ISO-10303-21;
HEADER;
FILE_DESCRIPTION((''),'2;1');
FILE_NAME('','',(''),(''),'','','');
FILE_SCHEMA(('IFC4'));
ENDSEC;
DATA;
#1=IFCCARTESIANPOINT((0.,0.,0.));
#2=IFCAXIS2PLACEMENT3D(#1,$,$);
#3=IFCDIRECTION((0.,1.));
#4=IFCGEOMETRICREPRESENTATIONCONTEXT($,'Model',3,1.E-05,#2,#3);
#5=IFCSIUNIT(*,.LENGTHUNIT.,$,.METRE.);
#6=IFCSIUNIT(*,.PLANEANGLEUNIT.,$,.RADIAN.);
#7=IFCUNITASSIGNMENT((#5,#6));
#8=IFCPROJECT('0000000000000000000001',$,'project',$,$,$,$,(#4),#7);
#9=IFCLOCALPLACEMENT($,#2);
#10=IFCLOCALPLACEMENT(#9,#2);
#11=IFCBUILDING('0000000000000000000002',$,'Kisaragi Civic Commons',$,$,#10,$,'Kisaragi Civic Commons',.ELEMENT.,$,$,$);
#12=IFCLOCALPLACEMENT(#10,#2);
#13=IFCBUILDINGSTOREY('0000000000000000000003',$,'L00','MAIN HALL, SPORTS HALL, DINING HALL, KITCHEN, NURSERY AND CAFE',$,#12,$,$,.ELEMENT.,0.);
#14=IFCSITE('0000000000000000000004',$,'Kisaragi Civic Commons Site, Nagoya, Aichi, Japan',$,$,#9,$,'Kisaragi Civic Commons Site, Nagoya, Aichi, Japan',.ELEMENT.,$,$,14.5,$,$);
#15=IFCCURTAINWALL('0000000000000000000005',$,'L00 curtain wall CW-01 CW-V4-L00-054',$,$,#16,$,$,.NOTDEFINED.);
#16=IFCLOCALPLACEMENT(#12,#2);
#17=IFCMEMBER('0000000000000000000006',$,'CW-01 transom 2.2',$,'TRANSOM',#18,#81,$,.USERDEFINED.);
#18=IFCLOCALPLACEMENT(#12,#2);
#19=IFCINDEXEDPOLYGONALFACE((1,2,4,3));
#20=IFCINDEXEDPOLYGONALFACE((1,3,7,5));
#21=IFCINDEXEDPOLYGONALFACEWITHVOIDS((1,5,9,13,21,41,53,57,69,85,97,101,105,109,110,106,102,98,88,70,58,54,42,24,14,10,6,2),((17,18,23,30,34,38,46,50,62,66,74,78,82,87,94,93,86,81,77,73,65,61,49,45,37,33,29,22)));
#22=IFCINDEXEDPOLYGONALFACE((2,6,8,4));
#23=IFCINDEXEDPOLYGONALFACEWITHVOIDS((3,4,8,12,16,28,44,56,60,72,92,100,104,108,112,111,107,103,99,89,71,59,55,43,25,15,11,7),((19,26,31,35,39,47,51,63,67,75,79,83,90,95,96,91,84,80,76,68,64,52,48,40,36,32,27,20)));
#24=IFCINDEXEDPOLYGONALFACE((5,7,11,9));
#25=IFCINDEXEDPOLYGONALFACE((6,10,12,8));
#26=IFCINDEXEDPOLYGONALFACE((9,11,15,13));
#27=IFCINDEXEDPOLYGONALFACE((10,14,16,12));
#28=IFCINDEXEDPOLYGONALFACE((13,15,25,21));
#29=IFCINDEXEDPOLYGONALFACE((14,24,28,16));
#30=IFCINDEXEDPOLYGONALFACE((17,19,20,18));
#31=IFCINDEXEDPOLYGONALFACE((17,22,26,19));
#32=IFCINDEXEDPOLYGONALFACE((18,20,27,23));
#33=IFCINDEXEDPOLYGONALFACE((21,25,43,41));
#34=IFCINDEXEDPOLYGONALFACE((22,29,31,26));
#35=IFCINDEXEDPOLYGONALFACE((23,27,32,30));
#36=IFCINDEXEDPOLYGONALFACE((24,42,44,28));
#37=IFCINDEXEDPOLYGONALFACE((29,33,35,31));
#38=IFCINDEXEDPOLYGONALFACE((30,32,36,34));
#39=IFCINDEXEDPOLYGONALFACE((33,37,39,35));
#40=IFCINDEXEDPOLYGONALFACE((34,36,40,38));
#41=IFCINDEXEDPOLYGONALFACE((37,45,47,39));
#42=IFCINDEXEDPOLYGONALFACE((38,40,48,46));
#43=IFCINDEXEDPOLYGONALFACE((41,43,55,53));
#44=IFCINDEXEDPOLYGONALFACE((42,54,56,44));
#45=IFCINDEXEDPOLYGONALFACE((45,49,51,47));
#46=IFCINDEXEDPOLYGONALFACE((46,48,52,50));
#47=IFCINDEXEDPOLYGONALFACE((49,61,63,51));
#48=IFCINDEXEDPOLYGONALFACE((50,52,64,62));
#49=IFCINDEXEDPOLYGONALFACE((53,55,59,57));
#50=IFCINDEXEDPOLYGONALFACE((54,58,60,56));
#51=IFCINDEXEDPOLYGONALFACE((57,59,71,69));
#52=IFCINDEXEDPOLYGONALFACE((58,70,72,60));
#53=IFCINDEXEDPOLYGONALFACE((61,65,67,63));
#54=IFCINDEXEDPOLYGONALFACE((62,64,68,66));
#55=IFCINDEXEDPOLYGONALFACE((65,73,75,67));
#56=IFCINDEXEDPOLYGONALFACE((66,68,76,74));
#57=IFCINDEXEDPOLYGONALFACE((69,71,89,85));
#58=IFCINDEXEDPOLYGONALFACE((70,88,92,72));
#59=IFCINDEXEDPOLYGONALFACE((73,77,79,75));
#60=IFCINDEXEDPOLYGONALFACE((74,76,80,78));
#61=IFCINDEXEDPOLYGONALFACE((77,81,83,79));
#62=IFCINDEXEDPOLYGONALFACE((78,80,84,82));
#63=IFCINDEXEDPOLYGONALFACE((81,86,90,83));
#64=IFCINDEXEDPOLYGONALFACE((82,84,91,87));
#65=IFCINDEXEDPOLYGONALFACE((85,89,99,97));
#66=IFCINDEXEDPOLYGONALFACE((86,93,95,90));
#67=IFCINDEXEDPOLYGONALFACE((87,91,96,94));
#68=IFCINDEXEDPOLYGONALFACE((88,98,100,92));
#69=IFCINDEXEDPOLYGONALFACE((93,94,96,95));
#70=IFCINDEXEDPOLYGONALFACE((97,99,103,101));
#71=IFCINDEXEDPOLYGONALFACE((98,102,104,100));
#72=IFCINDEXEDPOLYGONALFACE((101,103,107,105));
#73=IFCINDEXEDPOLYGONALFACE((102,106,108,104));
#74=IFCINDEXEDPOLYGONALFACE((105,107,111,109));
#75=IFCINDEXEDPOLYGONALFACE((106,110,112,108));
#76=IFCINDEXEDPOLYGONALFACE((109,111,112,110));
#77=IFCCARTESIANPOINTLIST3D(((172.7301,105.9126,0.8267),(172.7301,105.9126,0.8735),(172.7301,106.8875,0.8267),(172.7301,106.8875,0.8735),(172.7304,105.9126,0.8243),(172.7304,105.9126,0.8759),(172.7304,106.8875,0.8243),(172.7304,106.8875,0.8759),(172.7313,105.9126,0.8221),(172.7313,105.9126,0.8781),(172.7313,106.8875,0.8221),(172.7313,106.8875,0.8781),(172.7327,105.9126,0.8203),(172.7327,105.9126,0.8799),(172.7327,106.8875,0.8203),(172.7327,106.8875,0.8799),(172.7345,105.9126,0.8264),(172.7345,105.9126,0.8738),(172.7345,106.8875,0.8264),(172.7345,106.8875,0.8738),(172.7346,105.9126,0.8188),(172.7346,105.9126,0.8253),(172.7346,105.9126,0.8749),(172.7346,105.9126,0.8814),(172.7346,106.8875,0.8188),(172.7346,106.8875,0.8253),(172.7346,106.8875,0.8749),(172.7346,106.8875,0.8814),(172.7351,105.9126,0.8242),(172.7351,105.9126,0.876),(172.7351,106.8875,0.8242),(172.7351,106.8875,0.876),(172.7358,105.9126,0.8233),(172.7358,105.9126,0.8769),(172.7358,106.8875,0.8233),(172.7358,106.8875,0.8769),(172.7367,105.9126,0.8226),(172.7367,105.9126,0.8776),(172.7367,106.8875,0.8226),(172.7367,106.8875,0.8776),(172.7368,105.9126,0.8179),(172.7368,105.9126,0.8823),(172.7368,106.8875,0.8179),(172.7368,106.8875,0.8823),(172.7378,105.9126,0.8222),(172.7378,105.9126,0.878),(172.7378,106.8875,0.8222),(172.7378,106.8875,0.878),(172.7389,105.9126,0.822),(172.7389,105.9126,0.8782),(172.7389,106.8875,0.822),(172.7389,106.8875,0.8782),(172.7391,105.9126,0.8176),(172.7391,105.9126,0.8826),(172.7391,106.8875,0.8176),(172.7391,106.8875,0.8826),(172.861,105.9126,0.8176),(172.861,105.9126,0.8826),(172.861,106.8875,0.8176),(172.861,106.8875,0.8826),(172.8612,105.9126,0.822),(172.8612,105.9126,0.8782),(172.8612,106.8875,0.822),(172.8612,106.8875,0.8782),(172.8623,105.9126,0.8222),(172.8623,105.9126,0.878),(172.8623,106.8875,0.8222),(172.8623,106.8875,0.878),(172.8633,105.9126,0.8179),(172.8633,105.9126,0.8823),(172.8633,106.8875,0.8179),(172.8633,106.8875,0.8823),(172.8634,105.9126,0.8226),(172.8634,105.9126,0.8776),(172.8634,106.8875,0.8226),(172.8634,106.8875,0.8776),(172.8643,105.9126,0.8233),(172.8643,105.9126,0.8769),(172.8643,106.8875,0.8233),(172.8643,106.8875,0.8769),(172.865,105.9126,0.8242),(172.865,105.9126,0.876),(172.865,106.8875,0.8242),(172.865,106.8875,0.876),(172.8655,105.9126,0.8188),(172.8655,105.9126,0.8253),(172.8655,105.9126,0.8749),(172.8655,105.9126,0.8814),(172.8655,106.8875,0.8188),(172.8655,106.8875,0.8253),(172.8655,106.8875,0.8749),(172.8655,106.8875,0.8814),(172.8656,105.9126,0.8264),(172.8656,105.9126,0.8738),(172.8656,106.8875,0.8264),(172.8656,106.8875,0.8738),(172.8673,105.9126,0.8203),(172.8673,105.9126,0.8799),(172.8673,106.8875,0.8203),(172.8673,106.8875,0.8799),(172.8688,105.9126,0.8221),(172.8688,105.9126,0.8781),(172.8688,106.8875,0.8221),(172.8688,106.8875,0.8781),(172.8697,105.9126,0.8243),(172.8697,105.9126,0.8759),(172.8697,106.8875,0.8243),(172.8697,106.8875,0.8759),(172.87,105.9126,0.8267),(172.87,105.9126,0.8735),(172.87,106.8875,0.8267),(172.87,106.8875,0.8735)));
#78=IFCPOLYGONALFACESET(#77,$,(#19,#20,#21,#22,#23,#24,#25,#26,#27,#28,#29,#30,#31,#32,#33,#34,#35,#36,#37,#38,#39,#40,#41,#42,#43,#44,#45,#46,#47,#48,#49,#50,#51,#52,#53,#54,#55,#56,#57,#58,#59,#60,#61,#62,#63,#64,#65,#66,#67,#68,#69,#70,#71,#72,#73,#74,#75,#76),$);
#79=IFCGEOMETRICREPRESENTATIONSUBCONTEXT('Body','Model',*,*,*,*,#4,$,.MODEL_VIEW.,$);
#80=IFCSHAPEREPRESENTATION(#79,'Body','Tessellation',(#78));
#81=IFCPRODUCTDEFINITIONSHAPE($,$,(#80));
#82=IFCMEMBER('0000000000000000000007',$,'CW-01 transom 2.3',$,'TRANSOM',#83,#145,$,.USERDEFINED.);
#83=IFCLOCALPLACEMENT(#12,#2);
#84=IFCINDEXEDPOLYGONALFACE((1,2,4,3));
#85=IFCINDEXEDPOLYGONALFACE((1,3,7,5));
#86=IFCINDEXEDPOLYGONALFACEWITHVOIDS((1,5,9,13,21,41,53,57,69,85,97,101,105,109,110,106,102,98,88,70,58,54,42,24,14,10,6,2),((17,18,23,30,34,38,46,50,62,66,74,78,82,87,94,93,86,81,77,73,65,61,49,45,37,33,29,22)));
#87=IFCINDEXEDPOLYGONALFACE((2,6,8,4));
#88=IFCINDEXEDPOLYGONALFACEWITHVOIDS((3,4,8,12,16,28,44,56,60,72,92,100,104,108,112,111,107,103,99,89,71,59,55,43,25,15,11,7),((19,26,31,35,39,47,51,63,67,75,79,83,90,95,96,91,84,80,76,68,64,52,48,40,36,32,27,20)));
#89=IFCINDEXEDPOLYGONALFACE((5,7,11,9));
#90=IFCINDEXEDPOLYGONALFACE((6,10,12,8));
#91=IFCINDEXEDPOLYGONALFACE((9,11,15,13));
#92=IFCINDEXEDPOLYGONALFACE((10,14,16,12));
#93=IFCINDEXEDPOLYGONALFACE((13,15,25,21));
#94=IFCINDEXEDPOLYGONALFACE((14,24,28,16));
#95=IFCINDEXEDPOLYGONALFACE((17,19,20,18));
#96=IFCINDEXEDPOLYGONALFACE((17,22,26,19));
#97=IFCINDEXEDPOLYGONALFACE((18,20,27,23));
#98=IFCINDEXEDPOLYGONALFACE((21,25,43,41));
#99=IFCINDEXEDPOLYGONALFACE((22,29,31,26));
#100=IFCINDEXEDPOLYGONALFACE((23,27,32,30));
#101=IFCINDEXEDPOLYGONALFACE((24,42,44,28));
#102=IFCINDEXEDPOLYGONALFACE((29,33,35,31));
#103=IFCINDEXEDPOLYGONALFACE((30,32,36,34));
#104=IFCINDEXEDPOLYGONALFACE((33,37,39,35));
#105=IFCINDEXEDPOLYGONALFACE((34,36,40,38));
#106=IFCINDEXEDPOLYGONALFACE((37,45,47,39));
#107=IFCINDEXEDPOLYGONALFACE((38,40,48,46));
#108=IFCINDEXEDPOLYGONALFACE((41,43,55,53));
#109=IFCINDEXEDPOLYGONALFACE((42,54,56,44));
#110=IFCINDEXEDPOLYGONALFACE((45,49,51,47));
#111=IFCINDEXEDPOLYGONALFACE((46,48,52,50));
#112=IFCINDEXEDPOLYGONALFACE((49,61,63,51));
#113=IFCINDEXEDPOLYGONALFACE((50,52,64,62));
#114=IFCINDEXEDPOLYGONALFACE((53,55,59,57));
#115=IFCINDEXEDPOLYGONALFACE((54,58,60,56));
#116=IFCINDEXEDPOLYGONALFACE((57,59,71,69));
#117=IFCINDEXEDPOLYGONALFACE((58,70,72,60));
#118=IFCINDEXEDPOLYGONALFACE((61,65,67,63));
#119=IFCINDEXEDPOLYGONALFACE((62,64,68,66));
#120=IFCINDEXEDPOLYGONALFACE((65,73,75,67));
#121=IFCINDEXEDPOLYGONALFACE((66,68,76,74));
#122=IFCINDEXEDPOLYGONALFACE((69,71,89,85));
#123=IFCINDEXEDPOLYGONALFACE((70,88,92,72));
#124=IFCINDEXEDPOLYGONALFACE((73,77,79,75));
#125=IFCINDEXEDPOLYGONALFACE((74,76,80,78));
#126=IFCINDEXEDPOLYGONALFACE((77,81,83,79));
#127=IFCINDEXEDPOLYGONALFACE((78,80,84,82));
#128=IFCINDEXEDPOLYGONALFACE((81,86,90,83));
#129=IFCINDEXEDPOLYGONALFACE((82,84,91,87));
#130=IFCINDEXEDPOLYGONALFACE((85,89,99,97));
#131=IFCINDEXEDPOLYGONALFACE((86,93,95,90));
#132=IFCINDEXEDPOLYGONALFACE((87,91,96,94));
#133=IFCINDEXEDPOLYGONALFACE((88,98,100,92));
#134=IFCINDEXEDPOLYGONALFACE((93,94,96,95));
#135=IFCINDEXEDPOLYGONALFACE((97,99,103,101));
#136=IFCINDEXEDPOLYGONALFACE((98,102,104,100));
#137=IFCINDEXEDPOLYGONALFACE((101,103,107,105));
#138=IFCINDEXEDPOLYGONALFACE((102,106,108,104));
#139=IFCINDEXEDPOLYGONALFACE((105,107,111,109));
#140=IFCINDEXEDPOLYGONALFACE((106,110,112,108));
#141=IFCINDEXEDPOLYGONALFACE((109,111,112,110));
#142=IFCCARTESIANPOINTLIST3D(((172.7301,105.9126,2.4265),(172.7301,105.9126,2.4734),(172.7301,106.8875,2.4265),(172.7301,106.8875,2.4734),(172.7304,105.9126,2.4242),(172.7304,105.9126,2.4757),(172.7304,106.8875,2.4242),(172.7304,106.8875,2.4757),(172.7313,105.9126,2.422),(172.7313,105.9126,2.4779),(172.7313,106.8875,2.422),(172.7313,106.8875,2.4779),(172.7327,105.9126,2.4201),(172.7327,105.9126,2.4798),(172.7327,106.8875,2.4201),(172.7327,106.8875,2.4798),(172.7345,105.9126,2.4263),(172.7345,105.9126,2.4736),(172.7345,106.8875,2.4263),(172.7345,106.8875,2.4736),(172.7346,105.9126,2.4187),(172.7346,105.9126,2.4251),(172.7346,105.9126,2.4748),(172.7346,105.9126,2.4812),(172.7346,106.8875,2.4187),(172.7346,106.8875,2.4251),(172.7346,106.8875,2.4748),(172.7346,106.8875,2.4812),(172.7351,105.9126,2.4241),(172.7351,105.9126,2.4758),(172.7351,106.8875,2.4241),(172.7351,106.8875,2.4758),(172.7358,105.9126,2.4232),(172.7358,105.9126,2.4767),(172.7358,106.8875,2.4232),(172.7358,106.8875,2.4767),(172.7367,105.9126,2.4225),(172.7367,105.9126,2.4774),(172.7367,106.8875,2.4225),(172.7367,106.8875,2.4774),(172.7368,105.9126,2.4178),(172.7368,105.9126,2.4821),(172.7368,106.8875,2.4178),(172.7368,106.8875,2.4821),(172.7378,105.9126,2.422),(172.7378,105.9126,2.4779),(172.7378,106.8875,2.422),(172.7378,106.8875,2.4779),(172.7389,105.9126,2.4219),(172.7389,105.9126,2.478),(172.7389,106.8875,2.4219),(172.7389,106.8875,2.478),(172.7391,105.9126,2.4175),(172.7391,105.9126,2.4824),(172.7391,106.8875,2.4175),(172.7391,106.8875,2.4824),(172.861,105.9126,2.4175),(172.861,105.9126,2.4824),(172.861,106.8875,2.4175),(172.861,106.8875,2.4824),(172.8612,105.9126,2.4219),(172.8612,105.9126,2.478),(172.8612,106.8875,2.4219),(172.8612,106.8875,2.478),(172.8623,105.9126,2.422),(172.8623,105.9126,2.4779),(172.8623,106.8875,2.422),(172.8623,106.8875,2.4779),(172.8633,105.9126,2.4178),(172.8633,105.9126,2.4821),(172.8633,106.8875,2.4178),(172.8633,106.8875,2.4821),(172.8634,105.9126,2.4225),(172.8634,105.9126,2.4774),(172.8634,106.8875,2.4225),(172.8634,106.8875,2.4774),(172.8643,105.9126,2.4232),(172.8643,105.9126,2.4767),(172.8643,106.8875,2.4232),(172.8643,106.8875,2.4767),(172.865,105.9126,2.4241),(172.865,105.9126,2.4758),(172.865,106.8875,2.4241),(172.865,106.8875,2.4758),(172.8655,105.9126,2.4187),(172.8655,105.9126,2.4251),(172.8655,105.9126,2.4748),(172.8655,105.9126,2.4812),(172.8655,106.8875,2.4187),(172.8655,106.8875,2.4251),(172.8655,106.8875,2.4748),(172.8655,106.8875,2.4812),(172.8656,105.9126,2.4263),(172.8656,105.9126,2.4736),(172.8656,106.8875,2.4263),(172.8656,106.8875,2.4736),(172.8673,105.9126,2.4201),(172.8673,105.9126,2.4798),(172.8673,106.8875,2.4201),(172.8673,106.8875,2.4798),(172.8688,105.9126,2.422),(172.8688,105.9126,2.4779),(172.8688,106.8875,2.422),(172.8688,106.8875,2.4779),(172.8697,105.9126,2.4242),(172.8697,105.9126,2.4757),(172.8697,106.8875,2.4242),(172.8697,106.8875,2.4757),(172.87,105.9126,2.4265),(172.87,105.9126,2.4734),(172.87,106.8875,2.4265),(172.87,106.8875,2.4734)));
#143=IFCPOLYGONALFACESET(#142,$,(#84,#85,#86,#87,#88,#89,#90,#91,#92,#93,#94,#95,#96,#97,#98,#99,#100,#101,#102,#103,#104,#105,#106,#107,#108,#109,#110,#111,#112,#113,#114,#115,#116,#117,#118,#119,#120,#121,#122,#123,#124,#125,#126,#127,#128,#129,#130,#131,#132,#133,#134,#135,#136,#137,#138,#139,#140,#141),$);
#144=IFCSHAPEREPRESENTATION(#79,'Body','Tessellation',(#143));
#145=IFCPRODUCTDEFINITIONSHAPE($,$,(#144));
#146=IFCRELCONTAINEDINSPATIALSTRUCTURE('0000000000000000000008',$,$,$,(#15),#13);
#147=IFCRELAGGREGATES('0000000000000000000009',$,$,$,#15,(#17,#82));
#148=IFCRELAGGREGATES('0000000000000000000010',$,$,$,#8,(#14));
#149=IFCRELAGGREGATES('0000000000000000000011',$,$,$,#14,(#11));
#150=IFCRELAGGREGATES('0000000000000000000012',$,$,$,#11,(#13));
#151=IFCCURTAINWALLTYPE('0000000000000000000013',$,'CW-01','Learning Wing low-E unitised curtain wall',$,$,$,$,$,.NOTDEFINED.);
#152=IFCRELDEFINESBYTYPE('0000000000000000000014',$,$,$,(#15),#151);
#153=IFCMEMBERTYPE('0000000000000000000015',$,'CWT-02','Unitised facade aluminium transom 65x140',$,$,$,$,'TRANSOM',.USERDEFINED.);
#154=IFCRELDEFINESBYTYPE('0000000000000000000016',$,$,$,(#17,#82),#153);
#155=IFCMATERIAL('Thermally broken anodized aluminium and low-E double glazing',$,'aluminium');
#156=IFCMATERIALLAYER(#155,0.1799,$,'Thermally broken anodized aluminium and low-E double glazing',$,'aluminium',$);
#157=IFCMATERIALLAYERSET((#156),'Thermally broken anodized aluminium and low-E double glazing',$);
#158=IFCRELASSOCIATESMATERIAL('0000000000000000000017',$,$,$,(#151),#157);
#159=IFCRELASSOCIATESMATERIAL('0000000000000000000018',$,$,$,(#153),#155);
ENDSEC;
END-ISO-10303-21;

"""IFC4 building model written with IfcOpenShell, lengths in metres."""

from ifc_helpers import new_model, si_unit, direction, frame, origin, origin_2d, place, context, subcontext, project, spatial, hollow_rectangle, extrude, material, layer, layer_set, material_profile, profile_set, type_object, element, aggregate, save


model = new_model("IFC4")

# Units and contexts
model_context = context("Model", 3, precision=1e-05, world=origin(), true_north=direction((0.0, 1.0)))
body_context = subcontext(model_context, "Body", "Model", "MODEL_VIEW")
ifc_project = project(units=[si_unit("LENGTHUNIT", "METRE"), si_unit("PLANEANGLEUNIT", "RADIAN")], contexts=[model_context])

# Site, building, storey
site_placement = place(None, origin())
site = spatial("IfcSite", under=ifc_project, at=site_placement, Name="Kisaragi Civic Commons Site, Nagoya, Aichi, Japan", LongName="Kisaragi Civic Commons Site, Nagoya, Aichi, Japan", CompositionType="ELEMENT", RefElevation=14.5)
building_placement = place(site_placement, origin())
building = spatial("IfcBuilding", under=site, at=building_placement, Name="Kisaragi Civic Commons", LongName="Kisaragi Civic Commons", CompositionType="ELEMENT")
storey_placement = place(building_placement, origin())
storey = spatial("IfcBuildingStorey", under=building, at=storey_placement, Name="L00", Description="MAIN HALL, SPORTS HALL, DINING HALL, KITCHEN, NURSERY AND CAFE", CompositionType="ELEMENT", Elevation=0.0)

# Shared definitions
ifc_material_1 = material(Name="Thermally broken anodized aluminium and low-E double glazing", Category="aluminium")
ifc_layer_1 = layer(ifc_material_1, 0.1799, Name="Thermally broken anodized aluminium and low-E double glazing", Category="aluminium")
ifc_layer_set_1 = layer_set([ifc_layer_1], Name="Thermally broken anodized aluminium and low-E double glazing")
curtain_wall_type = type_object("IfcCurtainWallType", Name="CW-01", Description="Learning Wing low-E unitised curtain wall", PredefinedType="NOTDEFINED", material=ifc_layer_set_1)

# Curtain wall, members
curtain_wall_1_placement = place(storey_placement, origin())
curtain_wall_1 = element("IfcCurtainWall", 1, at=curtain_wall_1_placement, inside=storey, type_object=curtain_wall_type, Name="L00 curtain wall CW-01 CW-V4-L00-054", PredefinedType="NOTDEFINED")
ifc_material_profile_1 = material_profile(ifc_material_1, hollow_rectangle(XDim=0.1399, YDim=0.0649, WallThickness=0.0044, InnerFilletRadius=0.0044, OuterFilletRadius=0.009, at=origin_2d()), Name="CWT-65x140x4.5", Category="aluminium")
ifc_profile_set_1 = profile_set([ifc_material_profile_1], Name="Thermally broken anodized aluminium and low-E double glazing")
member_type_1 = type_object("IfcMemberType", Name="CWT-02", Description="Unitised facade aluminium transom 65x140", ElementType="TRANSOM", PredefinedType="USERDEFINED", material=ifc_profile_set_1)
member_1_placement = place(storey_placement, frame((172.8, 106.8875, 0.8501), z_axis=(0.0, -1.0, 0.0), x_axis=(1.0, 0.0, 0.0)))
member_1 = element("IfcMember", 2, at=member_1_placement, type_object=member_type_1, Name="CW-01 transom 2.2", ObjectType="TRANSOM", PredefinedType="USERDEFINED", context=body_context, shape_type="SweptSolid", body=[
    extrude(hollow_rectangle(XDim=0.1399, YDim=0.0649, WallThickness=0.0044, InnerFilletRadius=0.0044, OuterFilletRadius=0.009, at=origin_2d()), origin(), (0.0, 0.0, 1.0), 0.9749),
])
member_2_placement = place(storey_placement, frame((172.8, 106.8875, 2.45), z_axis=(0.0, -1.0, 0.0), x_axis=(1.0, 0.0, 0.0)))
member_2 = element("IfcMember", 3, at=member_2_placement, type_object=member_type_1, Name="CW-01 transom 2.3", ObjectType="TRANSOM", PredefinedType="USERDEFINED", context=body_context, shape_type="SweptSolid", body=[
    extrude(hollow_rectangle(XDim=0.1399, YDim=0.0649, WallThickness=0.0044, InnerFilletRadius=0.0044, OuterFilletRadius=0.009, at=origin_2d()), origin(), (0.0, 0.0, 1.0), 0.9749),
])

aggregate(curtain_wall_1, [member_1, member_2])

save(model, "model.ifc")
